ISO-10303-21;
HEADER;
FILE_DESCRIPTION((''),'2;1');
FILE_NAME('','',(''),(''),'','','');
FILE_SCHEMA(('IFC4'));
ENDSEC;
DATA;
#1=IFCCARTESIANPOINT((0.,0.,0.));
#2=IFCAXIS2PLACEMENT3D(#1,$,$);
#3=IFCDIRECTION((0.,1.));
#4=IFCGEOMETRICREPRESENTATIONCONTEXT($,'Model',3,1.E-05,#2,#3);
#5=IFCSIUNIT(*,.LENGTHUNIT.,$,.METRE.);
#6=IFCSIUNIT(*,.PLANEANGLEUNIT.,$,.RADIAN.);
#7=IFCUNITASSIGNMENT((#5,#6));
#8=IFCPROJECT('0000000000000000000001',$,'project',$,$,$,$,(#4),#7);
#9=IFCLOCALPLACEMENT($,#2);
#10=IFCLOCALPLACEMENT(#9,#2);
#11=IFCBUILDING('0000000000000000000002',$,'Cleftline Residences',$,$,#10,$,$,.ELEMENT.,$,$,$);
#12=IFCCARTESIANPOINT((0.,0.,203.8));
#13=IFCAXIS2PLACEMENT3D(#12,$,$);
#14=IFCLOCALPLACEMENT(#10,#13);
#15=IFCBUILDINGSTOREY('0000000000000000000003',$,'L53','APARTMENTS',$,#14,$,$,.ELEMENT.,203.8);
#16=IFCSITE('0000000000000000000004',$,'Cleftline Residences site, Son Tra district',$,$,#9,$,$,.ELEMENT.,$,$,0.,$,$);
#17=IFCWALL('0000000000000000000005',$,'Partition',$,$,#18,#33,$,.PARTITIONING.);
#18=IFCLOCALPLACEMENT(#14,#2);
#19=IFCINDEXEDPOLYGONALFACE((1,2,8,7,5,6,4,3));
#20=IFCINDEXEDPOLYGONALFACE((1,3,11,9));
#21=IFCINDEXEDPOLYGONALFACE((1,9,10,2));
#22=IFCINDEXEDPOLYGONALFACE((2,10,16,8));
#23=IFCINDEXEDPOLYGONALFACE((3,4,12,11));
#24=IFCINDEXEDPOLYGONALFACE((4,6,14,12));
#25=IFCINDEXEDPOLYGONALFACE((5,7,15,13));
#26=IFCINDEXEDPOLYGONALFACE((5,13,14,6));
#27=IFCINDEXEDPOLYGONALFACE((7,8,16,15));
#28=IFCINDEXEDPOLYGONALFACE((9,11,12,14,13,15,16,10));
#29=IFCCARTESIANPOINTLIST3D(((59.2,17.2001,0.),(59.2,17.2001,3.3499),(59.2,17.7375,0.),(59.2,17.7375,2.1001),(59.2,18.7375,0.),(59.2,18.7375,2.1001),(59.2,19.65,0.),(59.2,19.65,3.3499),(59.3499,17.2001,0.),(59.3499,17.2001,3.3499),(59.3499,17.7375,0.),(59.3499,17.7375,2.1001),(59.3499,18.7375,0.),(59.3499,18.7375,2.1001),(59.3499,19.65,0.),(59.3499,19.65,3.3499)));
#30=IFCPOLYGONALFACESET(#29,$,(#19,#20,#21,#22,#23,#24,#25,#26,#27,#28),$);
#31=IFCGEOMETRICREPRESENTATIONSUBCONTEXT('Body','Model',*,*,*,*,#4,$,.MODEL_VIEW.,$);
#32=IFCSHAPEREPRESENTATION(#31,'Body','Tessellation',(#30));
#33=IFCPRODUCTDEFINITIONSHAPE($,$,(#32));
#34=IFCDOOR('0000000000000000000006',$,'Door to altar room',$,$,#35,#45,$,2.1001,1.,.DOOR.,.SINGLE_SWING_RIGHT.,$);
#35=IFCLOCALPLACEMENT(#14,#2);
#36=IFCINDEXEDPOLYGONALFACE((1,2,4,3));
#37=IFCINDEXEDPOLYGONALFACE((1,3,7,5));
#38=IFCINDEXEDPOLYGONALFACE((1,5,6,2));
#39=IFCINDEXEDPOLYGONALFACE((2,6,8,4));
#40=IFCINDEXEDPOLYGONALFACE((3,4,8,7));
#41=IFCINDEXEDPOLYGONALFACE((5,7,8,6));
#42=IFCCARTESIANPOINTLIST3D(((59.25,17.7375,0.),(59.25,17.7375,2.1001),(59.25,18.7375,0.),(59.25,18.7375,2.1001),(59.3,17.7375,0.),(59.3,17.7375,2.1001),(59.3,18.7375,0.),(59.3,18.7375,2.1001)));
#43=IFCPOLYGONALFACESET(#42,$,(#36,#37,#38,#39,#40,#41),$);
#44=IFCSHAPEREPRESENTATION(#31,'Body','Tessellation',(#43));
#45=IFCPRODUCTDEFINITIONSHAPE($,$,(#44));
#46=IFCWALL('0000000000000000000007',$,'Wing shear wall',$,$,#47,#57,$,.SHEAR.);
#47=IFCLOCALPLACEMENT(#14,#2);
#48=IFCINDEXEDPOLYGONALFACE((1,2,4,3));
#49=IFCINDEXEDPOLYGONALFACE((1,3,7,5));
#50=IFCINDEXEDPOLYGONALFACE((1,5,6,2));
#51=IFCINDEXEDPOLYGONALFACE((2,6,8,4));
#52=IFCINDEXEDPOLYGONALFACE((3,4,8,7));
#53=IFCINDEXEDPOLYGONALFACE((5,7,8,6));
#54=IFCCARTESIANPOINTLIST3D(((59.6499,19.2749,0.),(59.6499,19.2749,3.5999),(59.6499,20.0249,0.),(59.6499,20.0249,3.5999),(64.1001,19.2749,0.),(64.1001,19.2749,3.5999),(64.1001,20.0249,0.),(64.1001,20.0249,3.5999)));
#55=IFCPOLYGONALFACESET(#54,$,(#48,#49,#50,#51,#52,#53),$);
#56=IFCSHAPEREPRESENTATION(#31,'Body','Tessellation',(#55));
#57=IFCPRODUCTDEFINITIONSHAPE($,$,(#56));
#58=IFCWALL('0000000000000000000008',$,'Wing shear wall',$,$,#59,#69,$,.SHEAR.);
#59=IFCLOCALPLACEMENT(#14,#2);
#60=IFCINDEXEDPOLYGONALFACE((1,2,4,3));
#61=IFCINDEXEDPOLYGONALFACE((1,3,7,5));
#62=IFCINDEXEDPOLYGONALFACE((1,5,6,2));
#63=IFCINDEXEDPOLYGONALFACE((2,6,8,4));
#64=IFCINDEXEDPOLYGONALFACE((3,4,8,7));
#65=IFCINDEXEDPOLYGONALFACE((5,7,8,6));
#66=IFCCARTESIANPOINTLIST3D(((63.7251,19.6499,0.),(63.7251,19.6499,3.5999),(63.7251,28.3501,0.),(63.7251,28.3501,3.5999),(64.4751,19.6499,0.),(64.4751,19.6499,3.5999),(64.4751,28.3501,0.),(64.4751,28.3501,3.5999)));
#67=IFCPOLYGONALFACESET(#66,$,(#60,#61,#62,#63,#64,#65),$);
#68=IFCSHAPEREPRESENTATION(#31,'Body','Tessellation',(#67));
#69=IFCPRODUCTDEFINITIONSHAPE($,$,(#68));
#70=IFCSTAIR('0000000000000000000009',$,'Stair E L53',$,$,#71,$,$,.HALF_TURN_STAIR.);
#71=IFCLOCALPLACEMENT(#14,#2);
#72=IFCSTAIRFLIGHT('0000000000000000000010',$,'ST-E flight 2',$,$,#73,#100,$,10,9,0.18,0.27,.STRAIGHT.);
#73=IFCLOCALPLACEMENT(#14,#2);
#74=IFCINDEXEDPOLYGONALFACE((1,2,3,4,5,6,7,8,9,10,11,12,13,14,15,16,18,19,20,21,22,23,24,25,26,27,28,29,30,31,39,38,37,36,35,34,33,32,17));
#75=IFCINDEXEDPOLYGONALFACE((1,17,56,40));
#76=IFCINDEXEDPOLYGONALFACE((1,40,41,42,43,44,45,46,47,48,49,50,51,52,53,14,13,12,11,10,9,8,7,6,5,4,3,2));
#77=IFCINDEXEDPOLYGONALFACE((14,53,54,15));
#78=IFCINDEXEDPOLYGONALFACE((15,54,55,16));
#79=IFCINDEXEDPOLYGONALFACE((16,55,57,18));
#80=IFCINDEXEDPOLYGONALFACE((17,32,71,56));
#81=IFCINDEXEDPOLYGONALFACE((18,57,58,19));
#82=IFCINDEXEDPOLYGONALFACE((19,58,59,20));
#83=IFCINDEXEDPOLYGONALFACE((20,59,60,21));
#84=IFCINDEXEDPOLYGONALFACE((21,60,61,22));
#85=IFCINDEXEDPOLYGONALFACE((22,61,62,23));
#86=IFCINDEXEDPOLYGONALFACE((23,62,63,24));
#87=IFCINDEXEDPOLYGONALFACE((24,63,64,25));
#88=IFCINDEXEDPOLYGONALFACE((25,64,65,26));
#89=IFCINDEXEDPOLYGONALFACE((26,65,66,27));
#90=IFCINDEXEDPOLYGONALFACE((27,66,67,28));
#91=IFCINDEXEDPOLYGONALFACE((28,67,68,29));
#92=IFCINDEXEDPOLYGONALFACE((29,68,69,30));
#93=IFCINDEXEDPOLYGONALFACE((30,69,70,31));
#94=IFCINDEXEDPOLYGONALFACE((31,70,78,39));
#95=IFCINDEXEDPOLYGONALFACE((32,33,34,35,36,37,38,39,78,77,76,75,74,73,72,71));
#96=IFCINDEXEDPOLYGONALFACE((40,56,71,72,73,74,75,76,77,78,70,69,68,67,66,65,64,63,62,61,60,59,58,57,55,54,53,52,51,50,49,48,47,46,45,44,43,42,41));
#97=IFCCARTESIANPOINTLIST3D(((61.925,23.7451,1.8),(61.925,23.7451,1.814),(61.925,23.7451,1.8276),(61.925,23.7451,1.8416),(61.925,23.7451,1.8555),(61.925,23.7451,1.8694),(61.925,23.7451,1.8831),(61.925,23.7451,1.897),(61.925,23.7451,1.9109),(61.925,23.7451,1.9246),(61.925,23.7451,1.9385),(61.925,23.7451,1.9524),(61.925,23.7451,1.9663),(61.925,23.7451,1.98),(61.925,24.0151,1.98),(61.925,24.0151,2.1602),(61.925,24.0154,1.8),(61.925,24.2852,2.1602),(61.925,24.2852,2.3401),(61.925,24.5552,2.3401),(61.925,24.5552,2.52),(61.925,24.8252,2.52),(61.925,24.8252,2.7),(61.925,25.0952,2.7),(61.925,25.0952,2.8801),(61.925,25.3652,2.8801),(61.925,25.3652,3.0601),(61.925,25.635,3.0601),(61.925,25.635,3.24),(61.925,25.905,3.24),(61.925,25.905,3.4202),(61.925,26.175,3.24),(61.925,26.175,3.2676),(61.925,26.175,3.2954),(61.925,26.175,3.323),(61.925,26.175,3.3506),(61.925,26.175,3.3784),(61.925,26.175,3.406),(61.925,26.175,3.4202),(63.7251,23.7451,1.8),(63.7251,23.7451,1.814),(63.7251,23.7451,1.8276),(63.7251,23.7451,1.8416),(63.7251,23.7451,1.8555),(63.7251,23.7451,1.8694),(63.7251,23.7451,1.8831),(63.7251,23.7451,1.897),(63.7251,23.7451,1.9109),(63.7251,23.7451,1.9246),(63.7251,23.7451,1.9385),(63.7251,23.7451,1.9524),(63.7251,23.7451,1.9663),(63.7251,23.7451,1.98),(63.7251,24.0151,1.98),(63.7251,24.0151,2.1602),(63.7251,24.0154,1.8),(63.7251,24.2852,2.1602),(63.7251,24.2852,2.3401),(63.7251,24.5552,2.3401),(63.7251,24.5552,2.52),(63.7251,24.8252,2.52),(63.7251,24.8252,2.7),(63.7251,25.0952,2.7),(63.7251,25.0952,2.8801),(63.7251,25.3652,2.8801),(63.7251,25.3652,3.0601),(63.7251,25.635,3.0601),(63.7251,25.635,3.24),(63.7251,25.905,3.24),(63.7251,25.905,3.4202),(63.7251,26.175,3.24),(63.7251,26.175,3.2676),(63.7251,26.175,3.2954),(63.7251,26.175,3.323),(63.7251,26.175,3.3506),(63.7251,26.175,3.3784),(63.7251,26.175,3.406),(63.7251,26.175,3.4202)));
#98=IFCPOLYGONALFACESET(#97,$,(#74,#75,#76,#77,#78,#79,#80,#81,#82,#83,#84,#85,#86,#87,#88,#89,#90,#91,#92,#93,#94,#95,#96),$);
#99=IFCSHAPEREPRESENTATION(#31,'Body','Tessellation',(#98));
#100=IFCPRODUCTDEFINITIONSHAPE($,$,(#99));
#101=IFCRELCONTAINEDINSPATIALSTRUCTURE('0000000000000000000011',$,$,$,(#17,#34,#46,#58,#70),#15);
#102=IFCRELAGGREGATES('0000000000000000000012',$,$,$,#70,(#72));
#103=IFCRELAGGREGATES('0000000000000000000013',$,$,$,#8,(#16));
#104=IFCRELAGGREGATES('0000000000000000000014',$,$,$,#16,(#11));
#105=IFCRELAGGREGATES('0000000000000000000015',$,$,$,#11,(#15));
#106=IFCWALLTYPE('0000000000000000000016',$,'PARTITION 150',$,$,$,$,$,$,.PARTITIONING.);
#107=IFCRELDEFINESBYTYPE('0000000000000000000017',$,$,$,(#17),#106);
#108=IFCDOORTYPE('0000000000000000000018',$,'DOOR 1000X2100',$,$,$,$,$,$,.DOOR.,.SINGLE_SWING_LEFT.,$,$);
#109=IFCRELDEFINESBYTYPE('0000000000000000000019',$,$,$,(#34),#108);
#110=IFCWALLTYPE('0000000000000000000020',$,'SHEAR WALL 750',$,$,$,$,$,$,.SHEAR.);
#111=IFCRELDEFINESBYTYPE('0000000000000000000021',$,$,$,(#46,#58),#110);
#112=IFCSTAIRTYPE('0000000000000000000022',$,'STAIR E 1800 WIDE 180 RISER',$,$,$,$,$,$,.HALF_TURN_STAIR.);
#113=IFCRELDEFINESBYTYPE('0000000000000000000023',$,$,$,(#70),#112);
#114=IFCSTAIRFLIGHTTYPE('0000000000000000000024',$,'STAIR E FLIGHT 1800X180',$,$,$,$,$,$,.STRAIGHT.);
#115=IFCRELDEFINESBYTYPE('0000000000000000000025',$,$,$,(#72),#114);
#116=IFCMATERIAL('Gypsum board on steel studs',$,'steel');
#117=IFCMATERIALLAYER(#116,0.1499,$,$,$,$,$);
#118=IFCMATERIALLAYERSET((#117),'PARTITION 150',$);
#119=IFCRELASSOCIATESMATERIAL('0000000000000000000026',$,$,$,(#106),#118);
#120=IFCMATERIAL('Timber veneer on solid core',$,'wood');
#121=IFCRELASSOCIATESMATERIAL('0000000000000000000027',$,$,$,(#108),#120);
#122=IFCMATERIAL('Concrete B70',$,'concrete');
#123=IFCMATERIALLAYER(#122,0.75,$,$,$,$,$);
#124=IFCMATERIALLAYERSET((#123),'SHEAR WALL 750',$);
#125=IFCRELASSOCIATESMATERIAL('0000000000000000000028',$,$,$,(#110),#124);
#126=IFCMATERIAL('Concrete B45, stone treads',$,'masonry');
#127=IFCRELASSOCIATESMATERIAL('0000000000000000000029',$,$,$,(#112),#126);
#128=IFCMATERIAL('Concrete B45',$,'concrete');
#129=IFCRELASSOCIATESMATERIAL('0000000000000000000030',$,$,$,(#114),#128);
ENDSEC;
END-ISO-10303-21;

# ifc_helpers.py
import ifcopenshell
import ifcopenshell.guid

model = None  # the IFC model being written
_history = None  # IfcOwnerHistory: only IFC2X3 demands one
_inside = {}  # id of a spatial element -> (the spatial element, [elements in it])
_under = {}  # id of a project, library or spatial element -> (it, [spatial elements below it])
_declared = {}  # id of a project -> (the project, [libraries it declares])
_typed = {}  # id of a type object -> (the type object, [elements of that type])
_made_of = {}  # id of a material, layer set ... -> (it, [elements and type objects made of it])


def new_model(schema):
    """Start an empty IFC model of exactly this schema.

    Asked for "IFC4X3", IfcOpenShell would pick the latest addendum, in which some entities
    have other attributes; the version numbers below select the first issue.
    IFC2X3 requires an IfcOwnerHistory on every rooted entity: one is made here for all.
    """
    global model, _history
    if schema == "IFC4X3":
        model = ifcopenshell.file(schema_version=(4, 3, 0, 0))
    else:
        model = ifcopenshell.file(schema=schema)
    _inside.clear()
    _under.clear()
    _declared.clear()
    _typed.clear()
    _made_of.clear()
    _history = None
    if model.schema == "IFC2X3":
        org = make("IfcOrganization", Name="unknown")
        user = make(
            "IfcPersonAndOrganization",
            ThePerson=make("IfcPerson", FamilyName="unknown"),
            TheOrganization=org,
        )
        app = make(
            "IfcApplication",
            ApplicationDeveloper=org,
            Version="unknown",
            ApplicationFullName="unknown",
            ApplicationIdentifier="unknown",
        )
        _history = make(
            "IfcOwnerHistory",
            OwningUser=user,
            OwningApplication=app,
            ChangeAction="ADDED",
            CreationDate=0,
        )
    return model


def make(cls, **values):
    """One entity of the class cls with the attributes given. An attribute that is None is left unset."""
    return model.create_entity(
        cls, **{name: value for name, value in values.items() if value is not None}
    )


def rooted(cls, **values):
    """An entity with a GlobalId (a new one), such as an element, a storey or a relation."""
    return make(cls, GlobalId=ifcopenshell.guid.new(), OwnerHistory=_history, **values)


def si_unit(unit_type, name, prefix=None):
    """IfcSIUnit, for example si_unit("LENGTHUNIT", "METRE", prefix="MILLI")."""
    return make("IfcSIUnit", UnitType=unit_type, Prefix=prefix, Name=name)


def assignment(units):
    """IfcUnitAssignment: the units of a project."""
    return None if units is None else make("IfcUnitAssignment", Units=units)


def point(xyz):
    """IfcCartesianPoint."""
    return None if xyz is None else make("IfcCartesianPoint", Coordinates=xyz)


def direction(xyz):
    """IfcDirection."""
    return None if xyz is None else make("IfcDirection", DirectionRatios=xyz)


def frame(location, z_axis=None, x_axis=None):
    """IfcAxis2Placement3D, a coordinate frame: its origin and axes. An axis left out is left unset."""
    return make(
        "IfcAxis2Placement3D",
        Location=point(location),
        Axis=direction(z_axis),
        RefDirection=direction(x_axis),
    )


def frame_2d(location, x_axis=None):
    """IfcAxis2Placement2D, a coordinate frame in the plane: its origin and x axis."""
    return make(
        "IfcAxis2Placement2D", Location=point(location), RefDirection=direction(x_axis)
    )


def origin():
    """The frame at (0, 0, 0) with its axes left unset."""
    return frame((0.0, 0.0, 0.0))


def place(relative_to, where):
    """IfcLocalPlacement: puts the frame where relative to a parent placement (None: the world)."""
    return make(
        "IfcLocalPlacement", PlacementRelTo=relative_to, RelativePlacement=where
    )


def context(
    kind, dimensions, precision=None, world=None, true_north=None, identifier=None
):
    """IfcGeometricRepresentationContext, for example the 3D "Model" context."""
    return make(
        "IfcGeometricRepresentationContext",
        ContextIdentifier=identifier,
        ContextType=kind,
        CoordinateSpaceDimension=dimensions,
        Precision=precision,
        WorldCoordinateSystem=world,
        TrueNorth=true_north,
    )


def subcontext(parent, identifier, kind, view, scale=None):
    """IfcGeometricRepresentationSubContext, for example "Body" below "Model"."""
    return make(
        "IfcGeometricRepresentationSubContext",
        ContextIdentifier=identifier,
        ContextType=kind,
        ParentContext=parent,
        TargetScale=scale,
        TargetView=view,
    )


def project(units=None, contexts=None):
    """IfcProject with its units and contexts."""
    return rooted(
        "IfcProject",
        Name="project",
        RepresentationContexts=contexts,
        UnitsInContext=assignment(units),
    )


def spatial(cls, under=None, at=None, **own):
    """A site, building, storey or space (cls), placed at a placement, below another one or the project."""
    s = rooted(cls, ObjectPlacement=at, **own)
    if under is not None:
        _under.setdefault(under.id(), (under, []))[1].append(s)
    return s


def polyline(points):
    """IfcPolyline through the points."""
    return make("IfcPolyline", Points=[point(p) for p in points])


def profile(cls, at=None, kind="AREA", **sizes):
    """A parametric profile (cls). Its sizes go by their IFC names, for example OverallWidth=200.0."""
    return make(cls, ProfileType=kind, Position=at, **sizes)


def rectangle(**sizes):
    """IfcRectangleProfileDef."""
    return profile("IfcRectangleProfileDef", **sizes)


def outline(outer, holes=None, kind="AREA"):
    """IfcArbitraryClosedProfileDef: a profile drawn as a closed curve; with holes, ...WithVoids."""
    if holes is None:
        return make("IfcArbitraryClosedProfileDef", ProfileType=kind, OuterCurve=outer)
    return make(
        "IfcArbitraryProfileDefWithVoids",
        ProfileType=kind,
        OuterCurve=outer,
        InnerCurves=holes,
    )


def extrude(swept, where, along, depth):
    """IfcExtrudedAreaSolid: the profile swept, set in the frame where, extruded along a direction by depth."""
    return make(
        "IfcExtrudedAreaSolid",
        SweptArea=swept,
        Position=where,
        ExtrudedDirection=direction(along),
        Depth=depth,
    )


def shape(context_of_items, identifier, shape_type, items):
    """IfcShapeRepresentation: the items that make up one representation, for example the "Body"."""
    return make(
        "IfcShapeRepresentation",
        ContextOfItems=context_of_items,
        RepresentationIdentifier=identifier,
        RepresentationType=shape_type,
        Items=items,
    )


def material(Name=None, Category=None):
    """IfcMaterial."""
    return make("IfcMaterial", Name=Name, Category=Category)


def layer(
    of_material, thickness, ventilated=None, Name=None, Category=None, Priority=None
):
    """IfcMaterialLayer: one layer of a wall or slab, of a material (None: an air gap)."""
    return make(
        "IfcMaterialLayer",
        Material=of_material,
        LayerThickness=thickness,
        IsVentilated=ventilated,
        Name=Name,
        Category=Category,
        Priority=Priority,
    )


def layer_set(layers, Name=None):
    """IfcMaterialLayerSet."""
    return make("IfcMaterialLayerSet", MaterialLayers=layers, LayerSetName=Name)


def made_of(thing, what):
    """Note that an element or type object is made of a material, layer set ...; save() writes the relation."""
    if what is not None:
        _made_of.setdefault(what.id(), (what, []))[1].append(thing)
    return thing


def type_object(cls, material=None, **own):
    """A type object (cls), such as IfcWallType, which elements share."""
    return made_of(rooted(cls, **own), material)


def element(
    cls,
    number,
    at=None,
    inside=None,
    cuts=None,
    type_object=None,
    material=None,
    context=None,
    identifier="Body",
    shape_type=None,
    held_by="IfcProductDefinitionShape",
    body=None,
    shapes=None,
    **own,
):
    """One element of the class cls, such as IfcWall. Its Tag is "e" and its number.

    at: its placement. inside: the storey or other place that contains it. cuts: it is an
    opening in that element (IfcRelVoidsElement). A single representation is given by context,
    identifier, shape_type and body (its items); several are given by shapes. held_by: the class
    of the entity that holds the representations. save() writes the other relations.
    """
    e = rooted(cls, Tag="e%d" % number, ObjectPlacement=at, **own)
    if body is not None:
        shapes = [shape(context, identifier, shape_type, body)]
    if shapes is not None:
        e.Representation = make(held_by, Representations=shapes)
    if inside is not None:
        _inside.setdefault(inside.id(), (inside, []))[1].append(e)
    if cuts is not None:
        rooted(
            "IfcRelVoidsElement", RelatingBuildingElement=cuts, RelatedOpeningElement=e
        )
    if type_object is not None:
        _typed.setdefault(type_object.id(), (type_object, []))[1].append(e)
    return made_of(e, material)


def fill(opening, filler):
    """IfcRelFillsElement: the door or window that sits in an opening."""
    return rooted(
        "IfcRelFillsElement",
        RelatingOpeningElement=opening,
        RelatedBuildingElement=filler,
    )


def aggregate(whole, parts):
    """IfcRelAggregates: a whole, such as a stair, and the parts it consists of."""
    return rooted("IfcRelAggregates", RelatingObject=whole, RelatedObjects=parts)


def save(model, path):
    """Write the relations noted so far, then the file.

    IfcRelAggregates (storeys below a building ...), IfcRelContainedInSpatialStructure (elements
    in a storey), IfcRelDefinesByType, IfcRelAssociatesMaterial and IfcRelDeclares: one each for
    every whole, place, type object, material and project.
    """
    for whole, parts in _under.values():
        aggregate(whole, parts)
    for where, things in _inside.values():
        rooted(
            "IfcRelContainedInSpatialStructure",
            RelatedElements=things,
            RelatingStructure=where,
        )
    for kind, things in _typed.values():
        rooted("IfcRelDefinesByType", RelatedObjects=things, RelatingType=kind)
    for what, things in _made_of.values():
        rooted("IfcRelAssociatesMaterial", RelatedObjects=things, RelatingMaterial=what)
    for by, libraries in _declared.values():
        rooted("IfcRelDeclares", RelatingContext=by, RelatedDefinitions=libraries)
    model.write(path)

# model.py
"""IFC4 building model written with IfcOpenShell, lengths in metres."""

from ifc_helpers import new_model, si_unit, direction, frame, frame_2d, origin, place, context, subcontext, project, spatial, polyline, rectangle, outline, extrude, material, layer, layer_set, type_object, element, fill, aggregate, save


model = new_model("IFC4")

# Units and contexts
model_context = context("Model", 3, precision=1e-05, world=origin(), true_north=direction((0.0, 1.0)))
body_context = subcontext(model_context, "Body", "Model", "MODEL_VIEW")
ifc_project = project(units=[si_unit("LENGTHUNIT", "METRE"), si_unit("PLANEANGLEUNIT", "RADIAN")], contexts=[model_context])

# Site, building, storey
site_placement = place(None, origin())
site = spatial("IfcSite", under=ifc_project, at=site_placement, Name="Cleftline Residences site, Son Tra district", CompositionType="ELEMENT", RefElevation=0.0)
building_placement = place(site_placement, origin())
building = spatial("IfcBuilding", under=site, at=building_placement, Name="Cleftline Residences", CompositionType="ELEMENT")
storey_placement = place(building_placement, frame((0.0, 0.0, 203.8)))
storey = spatial("IfcBuildingStorey", under=building, at=storey_placement, Name="L53", Description="APARTMENTS", CompositionType="ELEMENT", Elevation=203.8)

# Shared definitions
ifc_material_1 = material(Name="Gypsum board on steel studs", Category="steel")
ifc_layer_1 = layer(ifc_material_1, 0.1499)
ifc_layer_set_1 = layer_set([ifc_layer_1], Name="PARTITION 150")
wall_type_1 = type_object("IfcWallType", Name="PARTITION 150", PredefinedType="PARTITIONING", material=ifc_layer_set_1)

# Wall, opening, door
ifc_material_2 = material(Name="Timber veneer on solid core", Category="wood")
door_type_1 = type_object("IfcDoorType", Name="DOOR 1000X2100", OperationType="SINGLE_SWING_LEFT", PredefinedType="DOOR", material=ifc_material_2)
wall_1_placement = place(storey_placement, frame((59.2749, 17.2, 0.0), z_axis=(0.0, 0.0, 1.0), x_axis=(0.0, 1.0, 0.0)))
wall_1 = element("IfcWall", 1, at=wall_1_placement, inside=storey, type_object=wall_type_1, Name="Partition", PredefinedType="PARTITIONING", context=body_context, shape_type="SweptSolid", body=[
    extrude(rectangle(XDim=2.45, YDim=0.1499, at=frame_2d((1.2251, 0.0))), origin(), (0.0, 0.0, 1.0), 3.3499),
])
opening_1_placement = place(wall_1_placement, frame((0.5376, 0.0, 0.0)))
opening_1 = element("IfcOpeningElement", 2, at=opening_1_placement, cuts=wall_1, PredefinedType="OPENING", context=body_context, shape_type="SweptSolid", body=[
    extrude(rectangle(XDim=1.0, YDim=2.1001, at=frame_2d((0.5, 1.05))), frame((0.0, 0.085, 0.0), z_axis=(0.0, -1.0, 0.0), x_axis=(1.0, 0.0, 0.0)), (0.0, 0.0, 1.0), 0.1699),
])
door_1_placement = place(opening_1_placement, origin())
door_1 = element("IfcDoor", 3, at=door_1_placement, inside=storey, type_object=door_type_1, Name="Door to altar room", OperationType="SINGLE_SWING_RIGHT", OverallHeight=2.1001, OverallWidth=1.0, PredefinedType="DOOR", context=body_context, shape_type="SweptSolid", body=[
    extrude(rectangle(XDim=1.0, YDim=2.1001, at=frame_2d((0.5, 1.05))), frame((0.0, 0.0249, 0.0), z_axis=(0.0, -1.0, 0.0), x_axis=(1.0, 0.0, 0.0)), (0.0, 0.0, 1.0), 0.05),
])
fill(opening_1, door_1)

# Walls
ifc_material_3 = material(Name="Concrete B70", Category="concrete")
ifc_layer_2 = layer(ifc_material_3, 0.75)
ifc_layer_set_2 = layer_set([ifc_layer_2], Name="SHEAR WALL 750")
wall_type_2 = type_object("IfcWallType", Name="SHEAR WALL 750", PredefinedType="SHEAR", material=ifc_layer_set_2)
wall_2_placement = place(storey_placement, frame((59.6499, 19.6499, 0.0), z_axis=(0.0, 0.0, 1.0), x_axis=(1.0, 0.0, 0.0)))
element("IfcWall", 4, at=wall_2_placement, inside=storey, type_object=wall_type_2, Name="Wing shear wall", PredefinedType="SHEAR", context=body_context, shape_type="SweptSolid", body=[
    extrude(rectangle(XDim=4.4502, YDim=0.75, at=frame_2d((2.2251, 0.0))), origin(), (0.0, 0.0, 1.0), 3.5999),
])
wall_3_placement = place(storey_placement, frame((64.1001, 19.6499, 0.0), z_axis=(0.0, 0.0, 1.0), x_axis=(0.0, 1.0, 0.0)))
element("IfcWall", 5, at=wall_3_placement, inside=storey, type_object=wall_type_2, Name="Wing shear wall", PredefinedType="SHEAR", context=body_context, shape_type="SweptSolid", body=[
    extrude(rectangle(XDim=8.7002, YDim=0.75, at=frame_2d((4.3501, 0.0))), origin(), (0.0, 0.0, 1.0), 3.5999),
])

# Stair, stair flight
ifc_material_4 = material(Name="Concrete B45, stone treads", Category="masonry")
stair_type = type_object("IfcStairType", Name="STAIR E 1800 WIDE 180 RISER", PredefinedType="HALF_TURN_STAIR", material=ifc_material_4)
stair_placement = place(storey_placement, origin())
stair = element("IfcStair", 6, at=stair_placement, inside=storey, type_object=stair_type, Name="Stair E L53", PredefinedType="HALF_TURN_STAIR")
ifc_material_5 = material(Name="Concrete B45", Category="concrete")
stair_flight_type = type_object("IfcStairFlightType", Name="STAIR E FLIGHT 1800X180", PredefinedType="STRAIGHT", material=ifc_material_5)
stair_flight_placement = place(storey_placement, frame((62.825, 23.7451, 1.8), z_axis=(0.0, 0.0, 1.0), x_axis=(0.0, 1.0, 0.0)))
stair_flight = element("IfcStairFlight", 7, at=stair_flight_placement, type_object=stair_flight_type, Name="ST-E flight 2", NumberOfRisers=10, NumberOfTreads=9, PredefinedType="STRAIGHT", RiserHeight=0.18, TreadLength=0.27, context=body_context, shape_type="SweptSolid", body=[
    extrude(outline(polyline([(0.0, 0.0), (0.0, 0.0139), (0.0, 0.0276), (0.0, 0.0415), (0.0, 0.0554), (0.0, 0.0693), (0.0, 0.083), (0.0, 0.0969), (0.0, 0.1108), (0.0, 0.1245), (0.0, 0.1384), (0.0, 0.1523), (0.0, 0.1663), (0.0, 0.1799), (0.27, 0.1799), (0.27, 0.3601), (0.54, 0.3601), (0.54, 0.54), (0.8101, 0.54), (0.8101, 0.72), (1.0801, 0.72), (1.0801, 0.8999), (1.3501, 0.8999), (1.3501, 1.0801), (1.6201, 1.0801), (1.6201, 1.26), (1.8899, 1.26), (1.8899, 1.4399), (2.1599, 1.4399), (2.1599, 1.6201), (2.4299, 1.6201), (2.4299, 1.8), (2.4299, 1.7722), (2.4299, 1.7446), (2.4299, 1.7168), (2.4299, 1.6892), (2.4299, 1.6614), (2.4299, 1.6338), (2.4299, 1.606), (2.4299, 1.5784), (2.4299, 1.5505), (2.4299, 1.5229), (2.4299, 1.4954), (2.4299, 1.4675), (2.4299, 1.4399), (0.2703, 0.0), (0.0, 0.0)])), frame((0.0, 0.8999, 0.0), z_axis=(0.0, -1.0, 0.0), x_axis=(1.0, 0.0, 0.0)), (0.0, 0.0, 1.0), 1.8),
])
aggregate(stair, [stair_flight])

save(model, "model.ifc")
